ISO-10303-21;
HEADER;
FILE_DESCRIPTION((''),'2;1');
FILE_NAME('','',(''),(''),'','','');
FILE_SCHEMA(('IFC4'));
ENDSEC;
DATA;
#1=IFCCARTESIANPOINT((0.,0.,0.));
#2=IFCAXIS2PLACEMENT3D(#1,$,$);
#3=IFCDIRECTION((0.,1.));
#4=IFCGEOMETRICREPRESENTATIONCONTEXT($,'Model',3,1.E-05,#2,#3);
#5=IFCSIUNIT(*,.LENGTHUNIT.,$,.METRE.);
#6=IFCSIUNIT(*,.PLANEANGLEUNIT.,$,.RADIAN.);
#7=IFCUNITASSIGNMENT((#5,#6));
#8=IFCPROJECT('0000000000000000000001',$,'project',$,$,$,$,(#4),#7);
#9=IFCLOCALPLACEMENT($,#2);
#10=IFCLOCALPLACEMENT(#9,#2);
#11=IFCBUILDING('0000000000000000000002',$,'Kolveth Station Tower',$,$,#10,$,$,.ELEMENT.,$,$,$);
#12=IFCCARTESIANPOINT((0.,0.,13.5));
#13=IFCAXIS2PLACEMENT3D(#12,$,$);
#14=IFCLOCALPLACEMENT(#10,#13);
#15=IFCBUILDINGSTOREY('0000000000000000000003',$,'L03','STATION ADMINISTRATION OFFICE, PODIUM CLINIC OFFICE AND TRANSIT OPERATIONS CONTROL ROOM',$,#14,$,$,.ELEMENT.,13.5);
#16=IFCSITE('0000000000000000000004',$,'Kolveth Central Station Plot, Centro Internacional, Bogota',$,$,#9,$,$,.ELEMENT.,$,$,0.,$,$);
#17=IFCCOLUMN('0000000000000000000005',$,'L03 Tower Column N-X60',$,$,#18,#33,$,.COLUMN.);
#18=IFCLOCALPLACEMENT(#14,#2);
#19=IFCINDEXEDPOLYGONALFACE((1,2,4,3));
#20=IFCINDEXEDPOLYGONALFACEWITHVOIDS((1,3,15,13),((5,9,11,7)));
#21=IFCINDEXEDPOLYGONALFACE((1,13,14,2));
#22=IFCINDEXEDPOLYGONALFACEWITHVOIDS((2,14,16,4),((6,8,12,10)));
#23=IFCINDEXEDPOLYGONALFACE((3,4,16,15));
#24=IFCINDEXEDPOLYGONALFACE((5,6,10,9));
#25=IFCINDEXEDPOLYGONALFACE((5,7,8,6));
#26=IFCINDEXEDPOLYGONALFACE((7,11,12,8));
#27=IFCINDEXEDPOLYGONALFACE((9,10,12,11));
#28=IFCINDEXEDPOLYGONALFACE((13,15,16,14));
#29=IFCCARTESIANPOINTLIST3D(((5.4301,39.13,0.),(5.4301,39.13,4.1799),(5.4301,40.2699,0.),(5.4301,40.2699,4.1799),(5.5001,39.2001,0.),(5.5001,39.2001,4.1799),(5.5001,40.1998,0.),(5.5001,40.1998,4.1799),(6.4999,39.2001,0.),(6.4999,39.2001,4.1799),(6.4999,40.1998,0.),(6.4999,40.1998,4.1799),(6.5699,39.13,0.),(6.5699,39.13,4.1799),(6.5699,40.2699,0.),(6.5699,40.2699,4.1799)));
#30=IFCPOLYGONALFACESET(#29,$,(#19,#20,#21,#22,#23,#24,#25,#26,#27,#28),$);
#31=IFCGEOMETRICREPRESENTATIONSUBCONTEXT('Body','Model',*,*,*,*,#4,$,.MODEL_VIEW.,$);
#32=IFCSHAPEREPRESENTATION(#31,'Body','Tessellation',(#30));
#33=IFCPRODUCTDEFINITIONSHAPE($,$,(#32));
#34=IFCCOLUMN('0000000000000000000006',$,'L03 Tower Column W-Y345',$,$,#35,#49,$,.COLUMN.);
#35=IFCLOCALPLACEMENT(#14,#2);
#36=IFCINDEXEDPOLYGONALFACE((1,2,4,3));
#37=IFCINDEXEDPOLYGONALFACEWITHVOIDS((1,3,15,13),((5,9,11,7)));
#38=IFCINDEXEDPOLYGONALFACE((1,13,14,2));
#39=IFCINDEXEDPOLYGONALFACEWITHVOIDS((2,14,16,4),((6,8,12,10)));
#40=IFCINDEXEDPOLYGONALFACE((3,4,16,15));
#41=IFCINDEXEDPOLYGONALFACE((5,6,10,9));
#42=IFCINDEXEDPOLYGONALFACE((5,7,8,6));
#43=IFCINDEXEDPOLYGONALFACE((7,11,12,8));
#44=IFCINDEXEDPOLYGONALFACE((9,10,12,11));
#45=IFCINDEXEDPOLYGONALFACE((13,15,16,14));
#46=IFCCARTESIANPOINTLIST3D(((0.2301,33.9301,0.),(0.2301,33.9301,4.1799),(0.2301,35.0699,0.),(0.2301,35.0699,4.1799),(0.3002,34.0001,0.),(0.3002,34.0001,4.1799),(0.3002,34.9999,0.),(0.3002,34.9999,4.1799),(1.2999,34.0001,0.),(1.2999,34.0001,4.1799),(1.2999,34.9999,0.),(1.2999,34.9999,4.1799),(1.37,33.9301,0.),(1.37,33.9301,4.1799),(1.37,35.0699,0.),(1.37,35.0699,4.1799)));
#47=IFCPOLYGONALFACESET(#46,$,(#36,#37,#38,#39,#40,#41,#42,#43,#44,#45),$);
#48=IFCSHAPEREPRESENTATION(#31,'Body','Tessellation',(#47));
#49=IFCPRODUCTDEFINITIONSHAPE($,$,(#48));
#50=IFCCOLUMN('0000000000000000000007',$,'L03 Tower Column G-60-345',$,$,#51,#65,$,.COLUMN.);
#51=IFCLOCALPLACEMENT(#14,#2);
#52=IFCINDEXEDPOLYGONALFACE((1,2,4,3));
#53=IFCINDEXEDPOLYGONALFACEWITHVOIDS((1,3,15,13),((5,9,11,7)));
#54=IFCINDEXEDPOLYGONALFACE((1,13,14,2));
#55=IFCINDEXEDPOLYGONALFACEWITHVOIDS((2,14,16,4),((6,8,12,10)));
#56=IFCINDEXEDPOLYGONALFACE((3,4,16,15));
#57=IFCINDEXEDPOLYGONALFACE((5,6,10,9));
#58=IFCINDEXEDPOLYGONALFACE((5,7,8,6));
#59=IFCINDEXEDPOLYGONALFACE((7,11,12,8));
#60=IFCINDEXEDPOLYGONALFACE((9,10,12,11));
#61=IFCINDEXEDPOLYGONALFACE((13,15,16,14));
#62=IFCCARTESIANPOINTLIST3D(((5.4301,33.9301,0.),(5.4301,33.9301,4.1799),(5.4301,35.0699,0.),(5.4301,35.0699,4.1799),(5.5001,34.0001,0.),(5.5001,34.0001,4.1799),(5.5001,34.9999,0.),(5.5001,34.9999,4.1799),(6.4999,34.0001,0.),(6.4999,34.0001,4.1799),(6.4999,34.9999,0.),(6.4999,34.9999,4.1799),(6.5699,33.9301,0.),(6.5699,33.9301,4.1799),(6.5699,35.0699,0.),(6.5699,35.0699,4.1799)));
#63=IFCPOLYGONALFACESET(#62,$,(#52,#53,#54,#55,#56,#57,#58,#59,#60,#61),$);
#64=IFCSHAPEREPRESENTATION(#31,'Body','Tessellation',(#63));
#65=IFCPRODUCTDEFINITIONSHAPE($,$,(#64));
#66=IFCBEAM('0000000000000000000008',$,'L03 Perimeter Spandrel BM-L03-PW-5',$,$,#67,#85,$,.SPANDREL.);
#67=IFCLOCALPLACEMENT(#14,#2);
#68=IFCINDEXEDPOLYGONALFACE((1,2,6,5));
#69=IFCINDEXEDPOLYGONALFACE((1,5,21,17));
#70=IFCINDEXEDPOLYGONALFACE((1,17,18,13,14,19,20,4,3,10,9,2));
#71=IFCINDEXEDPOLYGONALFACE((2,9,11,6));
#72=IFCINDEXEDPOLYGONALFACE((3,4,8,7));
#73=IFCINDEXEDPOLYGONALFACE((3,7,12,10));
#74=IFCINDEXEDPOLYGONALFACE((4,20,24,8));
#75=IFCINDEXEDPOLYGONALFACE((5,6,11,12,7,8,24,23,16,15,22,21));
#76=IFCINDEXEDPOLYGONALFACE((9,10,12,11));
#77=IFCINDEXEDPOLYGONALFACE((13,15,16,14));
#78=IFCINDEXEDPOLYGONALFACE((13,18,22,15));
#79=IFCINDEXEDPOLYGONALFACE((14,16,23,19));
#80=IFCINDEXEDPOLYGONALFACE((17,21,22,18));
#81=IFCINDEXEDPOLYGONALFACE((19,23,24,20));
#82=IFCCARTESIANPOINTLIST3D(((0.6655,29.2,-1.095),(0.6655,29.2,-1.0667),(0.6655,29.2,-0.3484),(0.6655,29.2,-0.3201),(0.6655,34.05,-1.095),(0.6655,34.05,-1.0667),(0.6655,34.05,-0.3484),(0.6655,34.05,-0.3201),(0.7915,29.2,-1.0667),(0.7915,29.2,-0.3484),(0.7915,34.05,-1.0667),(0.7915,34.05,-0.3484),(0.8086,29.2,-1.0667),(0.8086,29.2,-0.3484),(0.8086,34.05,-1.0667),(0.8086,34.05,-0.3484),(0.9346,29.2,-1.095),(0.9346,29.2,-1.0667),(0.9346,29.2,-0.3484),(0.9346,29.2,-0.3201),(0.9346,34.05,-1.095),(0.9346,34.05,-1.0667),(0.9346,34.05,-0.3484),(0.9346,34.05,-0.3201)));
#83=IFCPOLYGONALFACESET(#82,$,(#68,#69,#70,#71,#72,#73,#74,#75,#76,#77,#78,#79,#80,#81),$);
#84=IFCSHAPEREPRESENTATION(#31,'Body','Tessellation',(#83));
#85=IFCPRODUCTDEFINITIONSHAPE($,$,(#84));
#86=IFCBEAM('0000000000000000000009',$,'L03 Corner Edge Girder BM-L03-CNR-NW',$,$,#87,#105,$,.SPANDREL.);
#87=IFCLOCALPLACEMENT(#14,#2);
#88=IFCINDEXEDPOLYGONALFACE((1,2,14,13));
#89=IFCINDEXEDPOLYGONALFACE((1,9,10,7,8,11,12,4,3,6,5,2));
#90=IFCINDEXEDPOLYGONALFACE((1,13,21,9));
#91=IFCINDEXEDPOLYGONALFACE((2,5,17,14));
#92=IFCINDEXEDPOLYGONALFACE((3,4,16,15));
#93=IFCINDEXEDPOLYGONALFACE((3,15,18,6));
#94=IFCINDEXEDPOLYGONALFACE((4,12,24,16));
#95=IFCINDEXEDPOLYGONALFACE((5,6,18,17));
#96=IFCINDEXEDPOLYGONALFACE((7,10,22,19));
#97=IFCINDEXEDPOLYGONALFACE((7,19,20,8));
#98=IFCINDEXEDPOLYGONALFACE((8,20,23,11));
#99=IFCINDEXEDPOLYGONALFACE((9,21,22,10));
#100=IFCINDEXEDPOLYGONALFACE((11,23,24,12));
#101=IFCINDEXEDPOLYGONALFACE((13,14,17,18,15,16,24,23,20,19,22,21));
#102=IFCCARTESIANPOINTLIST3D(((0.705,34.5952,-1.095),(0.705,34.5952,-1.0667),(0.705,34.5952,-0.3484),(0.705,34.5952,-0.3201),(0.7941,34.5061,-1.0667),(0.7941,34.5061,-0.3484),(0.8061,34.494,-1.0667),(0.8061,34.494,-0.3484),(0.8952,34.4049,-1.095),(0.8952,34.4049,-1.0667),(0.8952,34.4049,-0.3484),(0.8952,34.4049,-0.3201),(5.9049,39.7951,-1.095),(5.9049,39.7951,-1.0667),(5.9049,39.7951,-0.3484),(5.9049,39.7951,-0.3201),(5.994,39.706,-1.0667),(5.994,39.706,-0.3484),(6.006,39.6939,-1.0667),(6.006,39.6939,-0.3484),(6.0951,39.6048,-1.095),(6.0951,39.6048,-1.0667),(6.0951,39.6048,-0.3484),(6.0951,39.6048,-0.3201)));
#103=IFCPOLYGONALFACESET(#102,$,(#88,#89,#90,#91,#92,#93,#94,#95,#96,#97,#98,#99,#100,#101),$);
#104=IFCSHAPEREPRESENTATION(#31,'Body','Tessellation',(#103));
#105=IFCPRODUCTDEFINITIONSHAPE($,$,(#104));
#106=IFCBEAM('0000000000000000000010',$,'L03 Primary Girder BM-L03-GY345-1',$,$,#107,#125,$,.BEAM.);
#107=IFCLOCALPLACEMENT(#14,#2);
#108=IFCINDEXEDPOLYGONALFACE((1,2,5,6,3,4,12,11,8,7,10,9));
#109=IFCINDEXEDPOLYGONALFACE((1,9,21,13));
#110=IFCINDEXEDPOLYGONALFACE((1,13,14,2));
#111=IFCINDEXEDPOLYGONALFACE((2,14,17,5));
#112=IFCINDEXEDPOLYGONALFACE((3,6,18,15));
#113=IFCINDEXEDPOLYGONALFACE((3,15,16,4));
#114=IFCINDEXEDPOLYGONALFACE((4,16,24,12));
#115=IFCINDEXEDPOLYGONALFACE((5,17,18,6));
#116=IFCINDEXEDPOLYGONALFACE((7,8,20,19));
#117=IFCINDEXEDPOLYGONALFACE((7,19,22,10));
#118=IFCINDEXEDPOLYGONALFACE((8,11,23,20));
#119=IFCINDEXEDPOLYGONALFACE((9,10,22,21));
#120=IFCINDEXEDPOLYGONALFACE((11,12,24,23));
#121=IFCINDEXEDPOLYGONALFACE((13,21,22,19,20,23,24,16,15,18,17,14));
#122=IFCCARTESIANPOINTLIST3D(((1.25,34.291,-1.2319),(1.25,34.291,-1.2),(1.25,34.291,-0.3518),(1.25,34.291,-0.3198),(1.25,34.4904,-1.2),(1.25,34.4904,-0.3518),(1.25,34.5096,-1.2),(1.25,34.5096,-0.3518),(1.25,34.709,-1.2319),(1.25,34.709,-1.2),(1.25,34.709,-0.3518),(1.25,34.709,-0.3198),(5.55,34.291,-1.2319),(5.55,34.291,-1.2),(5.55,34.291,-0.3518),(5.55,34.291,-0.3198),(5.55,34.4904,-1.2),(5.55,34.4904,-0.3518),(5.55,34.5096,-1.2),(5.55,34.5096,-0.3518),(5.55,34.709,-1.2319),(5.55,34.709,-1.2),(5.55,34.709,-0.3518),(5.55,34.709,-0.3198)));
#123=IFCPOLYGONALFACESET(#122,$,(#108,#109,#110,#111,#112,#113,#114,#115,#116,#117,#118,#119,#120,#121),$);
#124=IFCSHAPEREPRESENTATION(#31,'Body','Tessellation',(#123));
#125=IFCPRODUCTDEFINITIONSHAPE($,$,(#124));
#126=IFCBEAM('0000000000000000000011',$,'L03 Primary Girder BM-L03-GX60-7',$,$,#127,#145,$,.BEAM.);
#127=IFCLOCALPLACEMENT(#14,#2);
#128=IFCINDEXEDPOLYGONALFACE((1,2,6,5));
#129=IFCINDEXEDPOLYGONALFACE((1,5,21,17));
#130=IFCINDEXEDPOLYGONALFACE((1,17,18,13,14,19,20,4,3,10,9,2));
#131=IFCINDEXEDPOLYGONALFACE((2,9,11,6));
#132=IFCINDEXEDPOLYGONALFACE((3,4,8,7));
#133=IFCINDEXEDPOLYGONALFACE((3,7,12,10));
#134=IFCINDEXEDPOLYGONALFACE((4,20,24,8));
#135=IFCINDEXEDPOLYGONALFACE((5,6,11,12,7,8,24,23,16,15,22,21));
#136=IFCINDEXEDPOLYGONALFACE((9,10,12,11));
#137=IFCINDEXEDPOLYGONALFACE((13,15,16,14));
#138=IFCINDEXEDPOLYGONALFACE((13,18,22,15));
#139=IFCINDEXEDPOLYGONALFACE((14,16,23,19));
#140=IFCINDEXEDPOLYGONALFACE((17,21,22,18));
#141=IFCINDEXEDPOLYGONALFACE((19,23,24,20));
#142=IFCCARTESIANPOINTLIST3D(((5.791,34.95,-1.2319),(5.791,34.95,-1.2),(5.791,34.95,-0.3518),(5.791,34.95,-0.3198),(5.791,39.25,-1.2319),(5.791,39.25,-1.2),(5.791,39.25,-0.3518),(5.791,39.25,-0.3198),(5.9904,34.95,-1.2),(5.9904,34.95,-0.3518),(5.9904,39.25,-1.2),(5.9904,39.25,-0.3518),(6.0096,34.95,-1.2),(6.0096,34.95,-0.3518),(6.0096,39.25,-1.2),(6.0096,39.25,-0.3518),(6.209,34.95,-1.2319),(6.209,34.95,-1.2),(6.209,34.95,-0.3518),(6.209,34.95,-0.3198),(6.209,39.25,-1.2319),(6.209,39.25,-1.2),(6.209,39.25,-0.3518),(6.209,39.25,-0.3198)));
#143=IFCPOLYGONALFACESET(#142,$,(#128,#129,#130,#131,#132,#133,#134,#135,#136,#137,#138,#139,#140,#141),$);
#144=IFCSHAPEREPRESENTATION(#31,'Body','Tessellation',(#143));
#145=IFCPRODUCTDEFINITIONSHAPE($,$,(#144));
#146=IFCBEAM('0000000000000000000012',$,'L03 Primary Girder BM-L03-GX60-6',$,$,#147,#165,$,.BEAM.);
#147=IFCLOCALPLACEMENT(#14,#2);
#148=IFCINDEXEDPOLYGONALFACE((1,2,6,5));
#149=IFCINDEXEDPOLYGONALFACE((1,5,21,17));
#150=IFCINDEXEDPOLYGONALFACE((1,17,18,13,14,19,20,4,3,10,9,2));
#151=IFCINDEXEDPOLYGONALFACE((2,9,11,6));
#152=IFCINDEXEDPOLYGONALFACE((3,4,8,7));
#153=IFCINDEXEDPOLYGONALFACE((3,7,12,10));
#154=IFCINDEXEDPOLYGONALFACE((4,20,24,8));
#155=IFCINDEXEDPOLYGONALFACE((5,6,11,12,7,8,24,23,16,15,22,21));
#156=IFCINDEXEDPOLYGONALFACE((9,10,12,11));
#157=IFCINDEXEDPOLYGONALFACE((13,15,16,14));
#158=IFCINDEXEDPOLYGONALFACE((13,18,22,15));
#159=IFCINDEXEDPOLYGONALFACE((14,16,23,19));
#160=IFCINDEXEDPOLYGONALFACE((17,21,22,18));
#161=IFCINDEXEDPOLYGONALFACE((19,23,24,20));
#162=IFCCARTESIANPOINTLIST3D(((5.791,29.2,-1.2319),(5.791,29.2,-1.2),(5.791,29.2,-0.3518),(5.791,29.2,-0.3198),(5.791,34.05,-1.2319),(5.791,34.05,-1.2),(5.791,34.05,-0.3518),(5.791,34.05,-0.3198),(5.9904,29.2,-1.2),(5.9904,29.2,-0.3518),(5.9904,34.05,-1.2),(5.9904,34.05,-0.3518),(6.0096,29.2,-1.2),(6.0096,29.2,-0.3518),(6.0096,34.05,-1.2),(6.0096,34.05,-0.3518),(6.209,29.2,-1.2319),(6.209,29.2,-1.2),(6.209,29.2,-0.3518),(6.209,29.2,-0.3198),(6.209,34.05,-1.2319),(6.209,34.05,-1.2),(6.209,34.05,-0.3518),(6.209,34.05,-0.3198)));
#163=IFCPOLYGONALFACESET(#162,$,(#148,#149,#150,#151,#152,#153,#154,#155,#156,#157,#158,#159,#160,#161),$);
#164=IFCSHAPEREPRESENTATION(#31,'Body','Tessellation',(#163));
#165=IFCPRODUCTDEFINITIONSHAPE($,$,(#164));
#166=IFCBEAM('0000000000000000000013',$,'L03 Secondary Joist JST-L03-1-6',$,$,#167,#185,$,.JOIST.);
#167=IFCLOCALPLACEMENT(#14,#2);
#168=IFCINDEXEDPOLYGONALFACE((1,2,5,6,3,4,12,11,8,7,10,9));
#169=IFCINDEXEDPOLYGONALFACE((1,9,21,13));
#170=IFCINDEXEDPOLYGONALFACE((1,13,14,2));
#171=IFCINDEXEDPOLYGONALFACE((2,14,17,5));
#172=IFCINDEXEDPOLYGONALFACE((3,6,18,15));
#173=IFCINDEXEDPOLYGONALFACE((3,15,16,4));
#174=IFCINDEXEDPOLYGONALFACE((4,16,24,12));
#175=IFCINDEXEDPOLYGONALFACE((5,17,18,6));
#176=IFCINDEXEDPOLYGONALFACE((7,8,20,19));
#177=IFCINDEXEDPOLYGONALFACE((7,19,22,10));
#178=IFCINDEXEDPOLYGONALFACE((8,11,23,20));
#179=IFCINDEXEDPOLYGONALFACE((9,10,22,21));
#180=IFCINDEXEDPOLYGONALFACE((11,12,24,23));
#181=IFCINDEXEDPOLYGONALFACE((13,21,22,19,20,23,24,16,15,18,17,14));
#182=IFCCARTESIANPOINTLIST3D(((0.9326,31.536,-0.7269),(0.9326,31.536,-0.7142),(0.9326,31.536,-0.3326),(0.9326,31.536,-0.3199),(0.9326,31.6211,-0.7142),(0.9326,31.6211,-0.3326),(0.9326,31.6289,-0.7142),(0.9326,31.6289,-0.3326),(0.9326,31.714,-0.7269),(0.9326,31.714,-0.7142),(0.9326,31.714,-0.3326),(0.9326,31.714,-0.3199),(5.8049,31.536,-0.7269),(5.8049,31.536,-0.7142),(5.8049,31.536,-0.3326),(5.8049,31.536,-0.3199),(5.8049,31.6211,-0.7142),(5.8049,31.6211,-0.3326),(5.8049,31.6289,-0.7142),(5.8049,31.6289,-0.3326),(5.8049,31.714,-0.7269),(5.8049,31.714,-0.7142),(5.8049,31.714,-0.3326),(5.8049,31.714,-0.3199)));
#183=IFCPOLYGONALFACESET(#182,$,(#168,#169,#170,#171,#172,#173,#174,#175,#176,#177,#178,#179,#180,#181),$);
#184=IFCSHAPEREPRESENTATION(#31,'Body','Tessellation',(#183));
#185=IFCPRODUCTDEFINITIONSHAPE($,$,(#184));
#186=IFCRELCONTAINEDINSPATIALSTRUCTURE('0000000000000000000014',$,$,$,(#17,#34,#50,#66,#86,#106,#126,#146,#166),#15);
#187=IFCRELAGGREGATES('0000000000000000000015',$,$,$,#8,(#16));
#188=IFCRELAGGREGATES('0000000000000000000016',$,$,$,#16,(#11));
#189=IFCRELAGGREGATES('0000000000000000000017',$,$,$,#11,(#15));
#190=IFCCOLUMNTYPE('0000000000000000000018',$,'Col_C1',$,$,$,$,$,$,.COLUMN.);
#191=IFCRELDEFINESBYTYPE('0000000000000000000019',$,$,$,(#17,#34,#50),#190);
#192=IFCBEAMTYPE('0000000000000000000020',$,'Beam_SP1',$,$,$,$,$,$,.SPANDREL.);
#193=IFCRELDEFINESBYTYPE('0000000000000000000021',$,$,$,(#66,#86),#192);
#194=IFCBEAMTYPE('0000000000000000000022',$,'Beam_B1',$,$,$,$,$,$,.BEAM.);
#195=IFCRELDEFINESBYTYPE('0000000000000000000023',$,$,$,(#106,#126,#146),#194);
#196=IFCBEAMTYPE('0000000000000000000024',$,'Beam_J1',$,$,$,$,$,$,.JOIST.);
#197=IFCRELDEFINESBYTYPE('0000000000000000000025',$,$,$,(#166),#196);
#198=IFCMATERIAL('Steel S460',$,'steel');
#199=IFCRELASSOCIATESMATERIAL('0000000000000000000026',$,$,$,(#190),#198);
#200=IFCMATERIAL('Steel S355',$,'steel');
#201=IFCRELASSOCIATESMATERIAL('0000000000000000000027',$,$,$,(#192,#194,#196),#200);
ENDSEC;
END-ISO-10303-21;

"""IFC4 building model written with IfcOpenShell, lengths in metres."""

from ifc_helpers import new_model, si_unit, direction, frame, origin, origin_2d, place, context, subcontext, project, spatial, hollow_rectangle, i_section, extrude, source, transform, mapped, material, material_profile, profile_set, type_object, element, save


model = new_model("IFC4")

# Units and contexts
model_context = context("Model", 3, precision=1e-05, world=origin(), true_north=direction((0.0, 1.0)))
body_context = subcontext(model_context, "Body", "Model", "MODEL_VIEW")
ifc_project = project(units=[si_unit("LENGTHUNIT", "METRE"), si_unit("PLANEANGLEUNIT", "RADIAN")], contexts=[model_context])

# Site, building, storey
site_placement = place(None, origin())
site = spatial("IfcSite", under=ifc_project, at=site_placement, Name="Kolveth Central Station Plot, Centro Internacional, Bogota", CompositionType="ELEMENT", RefElevation=0.0)
building_placement = place(site_placement, origin())
building = spatial("IfcBuilding", under=site, at=building_placement, Name="Kolveth Station Tower", CompositionType="ELEMENT")
storey_placement = place(building_placement, frame((0.0, 0.0, 13.5)))
storey = spatial("IfcBuildingStorey", under=building, at=storey_placement, Name="L03", Description="STATION ADMINISTRATION OFFICE, PODIUM CLINIC OFFICE AND TRANSIT OPERATIONS CONTROL ROOM", CompositionType="ELEMENT", Elevation=13.5)

# Columns
ifc_material_1 = material(Name="Steel S460", Category="steel")
ifc_material_profile_1 = material_profile(ifc_material_1, hollow_rectangle(XDim=1.1399, YDim=1.1399, WallThickness=0.0701, at=origin_2d()), Name="BOX1140x1140x70")
ifc_profile_set_1 = profile_set([ifc_material_profile_1], Name="Steel S460")
column_type = type_object("IfcColumnType", Name="Col_C1", PredefinedType="COLUMN", material=ifc_profile_set_1)
shared_shape_1 = source(origin(), body_context, "Body", "SweptSolid", [
    extrude(hollow_rectangle(XDim=1.1399, YDim=1.1399, WallThickness=0.0701, at=origin_2d()), origin(), (0.0, 0.0, 1.0), 4.1799),
])
for number, where, z_axis, x_axis, name in (
    (1, (6.0, 39.7, 0.0), (0.0, 0.0, 1.0), (1.0, 0.0, 0.0), "L03 Tower Column N-X60"),
    (2, (0.8, 34.5, 0.0), (0.0, 0.0, 1.0), (1.0, 0.0, 0.0), "L03 Tower Column W-Y345"),
    (3, (6.0, 34.5, 0.0), (0.0, 0.0, 1.0), (1.0, 0.0, 0.0), "L03 Tower Column G-60-345"),
):
    element("IfcColumn", number, at=place(storey_placement, frame(where, z_axis=z_axis, x_axis=x_axis)), inside=storey, type_object=column_type, Name=name, PredefinedType="COLUMN", context=body_context, shape_type="MappedRepresentation", body=[
        mapped(shared_shape_1, transform((0.0, 0.0, 0.0), x_axis=(1.0, 0.0, 0.0), y_axis=(0.0, 1.0, 0.0), z_axis=(0.0, 0.0, 1.0), scale=1.0)),
    ])

# Beams
ifc_material_2 = material(Name="Steel S355", Category="steel")
ifc_material_profile_2 = material_profile(ifc_material_2, i_section(OverallWidth=0.269, OverallDepth=0.7749, WebThickness=0.0171, FlangeThickness=0.0283, at=origin_2d()), Name="W760x220")
ifc_profile_set_2 = profile_set([ifc_material_profile_2], Name="Steel S355")
beam_type_1 = type_object("IfcBeamType", Name="Beam_SP1", PredefinedType="SPANDREL", material=ifc_profile_set_2)
shared_shape_2 = source(origin(), body_context, "Body", "SweptSolid", [
    extrude(i_section(OverallWidth=0.269, OverallDepth=0.7749, WebThickness=0.0171, FlangeThickness=0.0283, at=origin_2d()), origin(), (0.0, 0.0, 1.0), 4.8501),
])
beam_1_placement = place(storey_placement, frame((0.8, 29.2, -0.7075), z_axis=(0.0, 1.0, 0.0), x_axis=(-1.0, 0.0, 0.0)))
element("IfcBeam", 4, at=beam_1_placement, inside=storey, type_object=beam_type_1, Name="L03 Perimeter Spandrel BM-L03-PW-5", PredefinedType="SPANDREL", context=body_context, shape_type="MappedRepresentation", body=[
    mapped(shared_shape_2, transform((0.0, 0.0, 0.0), x_axis=(1.0, 0.0, 0.0), y_axis=(0.0, 1.0, 0.0), z_axis=(0.0, 0.0, 1.0), scale=1.0)),
])
shared_shape_3 = source(origin(), body_context, "Body", "SweptSolid", [
    extrude(i_section(OverallWidth=0.269, OverallDepth=0.7749, WebThickness=0.0171, FlangeThickness=0.0283, at=origin_2d()), origin(), (0.0, 0.0, 1.0), 7.3538),
])
beam_2_placement = place(storey_placement, frame((6.0, 39.7, -0.7075), z_axis=(-0.707107, -0.707107, 0.0), x_axis=(0.707107, -0.707107, 0.0)))
element("IfcBeam", 5, at=beam_2_placement, inside=storey, type_object=beam_type_1, Name="L03 Corner Edge Girder BM-L03-CNR-NW", PredefinedType="SPANDREL", context=body_context, shape_type="MappedRepresentation", body=[
    mapped(shared_shape_3, transform((0.0, 0.0, 0.0), x_axis=(1.0, 0.0, 0.0), y_axis=(0.0, 1.0, 0.0), z_axis=(0.0, 0.0, 1.0), scale=1.0)),
])
ifc_material_profile_3 = material_profile(ifc_material_2, i_section(OverallWidth=0.418, OverallDepth=0.9121, WebThickness=0.0193, FlangeThickness=0.032, at=origin_2d()), Name="W920x342")
ifc_profile_set_3 = profile_set([ifc_material_profile_3], Name="Steel S355")
beam_type_2 = type_object("IfcBeamType", Name="Beam_B1", PredefinedType="BEAM", material=ifc_profile_set_3)
shared_shape_4 = source(origin(), body_context, "Body", "SweptSolid", [
    extrude(i_section(OverallWidth=0.418, OverallDepth=0.9121, WebThickness=0.0193, FlangeThickness=0.032, at=origin_2d()), origin(), (0.0, 0.0, 1.0), 4.3),
])
for number, where, z_axis, x_axis, name in (
    (6, (1.25, 34.5, -0.7759), (1.0, 0.0, 0.0), (0.0, 1.0, 0.0), "L03 Primary Girder BM-L03-GY345-1"),
    (7, (6.0, 34.95, -0.7759), (0.0, 1.0, 0.0), (-1.0, 0.0, 0.0), "L03 Primary Girder BM-L03-GX60-7"),
):
    element("IfcBeam", number, at=place(storey_placement, frame(where, z_axis=z_axis, x_axis=x_axis)), inside=storey, type_object=beam_type_2, Name=name, PredefinedType="BEAM", context=body_context, shape_type="MappedRepresentation", body=[
        mapped(shared_shape_4, transform((0.0, 0.0, 0.0), x_axis=(1.0, 0.0, 0.0), y_axis=(0.0, 1.0, 0.0), z_axis=(0.0, 0.0, 1.0), scale=1.0)),
    ])
shared_shape_5 = source(origin(), body_context, "Body", "SweptSolid", [
    extrude(i_section(OverallWidth=0.418, OverallDepth=0.9121, WebThickness=0.0193, FlangeThickness=0.032, at=origin_2d()), origin(), (0.0, 0.0, 1.0), 4.8501),
])
beam_3_placement = place(storey_placement, frame((6.0, 29.2, -0.7759), z_axis=(0.0, 1.0, 0.0), x_axis=(-1.0, 0.0, 0.0)))
element("IfcBeam", 8, at=beam_3_placement, inside=storey, type_object=beam_type_2, Name="L03 Primary Girder BM-L03-GX60-6", PredefinedType="BEAM", context=body_context, shape_type="MappedRepresentation", body=[
    mapped(shared_shape_5, transform((0.0, 0.0, 0.0), x_axis=(1.0, 0.0, 0.0), y_axis=(0.0, 1.0, 0.0), z_axis=(0.0, 0.0, 1.0), scale=1.0)),
])
ifc_material_profile_4 = material_profile(ifc_material_2, i_section(OverallWidth=0.178, OverallDepth=0.407, WebThickness=0.0078, FlangeThickness=0.0127, at=origin_2d()), Name="W410x60")
ifc_profile_set_4 = profile_set([ifc_material_profile_4], Name="Steel S355")
beam_type_3 = type_object("IfcBeamType", Name="Beam_J1", PredefinedType="JOIST", material=ifc_profile_set_4)
shared_shape_6 = source(origin(), body_context, "Body", "SweptSolid", [
    extrude(i_section(OverallWidth=0.178, OverallDepth=0.407, WebThickness=0.0078, FlangeThickness=0.0127, at=origin_2d()), origin(), (0.0, 0.0, 1.0), 4.8723),
])
beam_4_placement = place(storey_placement, frame((0.9326, 31.625, -0.5234), z_axis=(1.0, 0.0, 0.0), x_axis=(0.0, 1.0, 0.0)))
element("IfcBeam", 9, at=beam_4_placement, inside=storey, type_object=beam_type_3, Name="L03 Secondary Joist JST-L03-1-6", PredefinedType="JOIST", context=body_context, shape_type="MappedRepresentation", body=[
    mapped(shared_shape_6, transform((0.0, 0.0, 0.0), x_axis=(1.0, 0.0, 0.0), y_axis=(0.0, 1.0, 0.0), z_axis=(0.0, 0.0, 1.0), scale=1.0)),
])

save(model, "model.ifc")
